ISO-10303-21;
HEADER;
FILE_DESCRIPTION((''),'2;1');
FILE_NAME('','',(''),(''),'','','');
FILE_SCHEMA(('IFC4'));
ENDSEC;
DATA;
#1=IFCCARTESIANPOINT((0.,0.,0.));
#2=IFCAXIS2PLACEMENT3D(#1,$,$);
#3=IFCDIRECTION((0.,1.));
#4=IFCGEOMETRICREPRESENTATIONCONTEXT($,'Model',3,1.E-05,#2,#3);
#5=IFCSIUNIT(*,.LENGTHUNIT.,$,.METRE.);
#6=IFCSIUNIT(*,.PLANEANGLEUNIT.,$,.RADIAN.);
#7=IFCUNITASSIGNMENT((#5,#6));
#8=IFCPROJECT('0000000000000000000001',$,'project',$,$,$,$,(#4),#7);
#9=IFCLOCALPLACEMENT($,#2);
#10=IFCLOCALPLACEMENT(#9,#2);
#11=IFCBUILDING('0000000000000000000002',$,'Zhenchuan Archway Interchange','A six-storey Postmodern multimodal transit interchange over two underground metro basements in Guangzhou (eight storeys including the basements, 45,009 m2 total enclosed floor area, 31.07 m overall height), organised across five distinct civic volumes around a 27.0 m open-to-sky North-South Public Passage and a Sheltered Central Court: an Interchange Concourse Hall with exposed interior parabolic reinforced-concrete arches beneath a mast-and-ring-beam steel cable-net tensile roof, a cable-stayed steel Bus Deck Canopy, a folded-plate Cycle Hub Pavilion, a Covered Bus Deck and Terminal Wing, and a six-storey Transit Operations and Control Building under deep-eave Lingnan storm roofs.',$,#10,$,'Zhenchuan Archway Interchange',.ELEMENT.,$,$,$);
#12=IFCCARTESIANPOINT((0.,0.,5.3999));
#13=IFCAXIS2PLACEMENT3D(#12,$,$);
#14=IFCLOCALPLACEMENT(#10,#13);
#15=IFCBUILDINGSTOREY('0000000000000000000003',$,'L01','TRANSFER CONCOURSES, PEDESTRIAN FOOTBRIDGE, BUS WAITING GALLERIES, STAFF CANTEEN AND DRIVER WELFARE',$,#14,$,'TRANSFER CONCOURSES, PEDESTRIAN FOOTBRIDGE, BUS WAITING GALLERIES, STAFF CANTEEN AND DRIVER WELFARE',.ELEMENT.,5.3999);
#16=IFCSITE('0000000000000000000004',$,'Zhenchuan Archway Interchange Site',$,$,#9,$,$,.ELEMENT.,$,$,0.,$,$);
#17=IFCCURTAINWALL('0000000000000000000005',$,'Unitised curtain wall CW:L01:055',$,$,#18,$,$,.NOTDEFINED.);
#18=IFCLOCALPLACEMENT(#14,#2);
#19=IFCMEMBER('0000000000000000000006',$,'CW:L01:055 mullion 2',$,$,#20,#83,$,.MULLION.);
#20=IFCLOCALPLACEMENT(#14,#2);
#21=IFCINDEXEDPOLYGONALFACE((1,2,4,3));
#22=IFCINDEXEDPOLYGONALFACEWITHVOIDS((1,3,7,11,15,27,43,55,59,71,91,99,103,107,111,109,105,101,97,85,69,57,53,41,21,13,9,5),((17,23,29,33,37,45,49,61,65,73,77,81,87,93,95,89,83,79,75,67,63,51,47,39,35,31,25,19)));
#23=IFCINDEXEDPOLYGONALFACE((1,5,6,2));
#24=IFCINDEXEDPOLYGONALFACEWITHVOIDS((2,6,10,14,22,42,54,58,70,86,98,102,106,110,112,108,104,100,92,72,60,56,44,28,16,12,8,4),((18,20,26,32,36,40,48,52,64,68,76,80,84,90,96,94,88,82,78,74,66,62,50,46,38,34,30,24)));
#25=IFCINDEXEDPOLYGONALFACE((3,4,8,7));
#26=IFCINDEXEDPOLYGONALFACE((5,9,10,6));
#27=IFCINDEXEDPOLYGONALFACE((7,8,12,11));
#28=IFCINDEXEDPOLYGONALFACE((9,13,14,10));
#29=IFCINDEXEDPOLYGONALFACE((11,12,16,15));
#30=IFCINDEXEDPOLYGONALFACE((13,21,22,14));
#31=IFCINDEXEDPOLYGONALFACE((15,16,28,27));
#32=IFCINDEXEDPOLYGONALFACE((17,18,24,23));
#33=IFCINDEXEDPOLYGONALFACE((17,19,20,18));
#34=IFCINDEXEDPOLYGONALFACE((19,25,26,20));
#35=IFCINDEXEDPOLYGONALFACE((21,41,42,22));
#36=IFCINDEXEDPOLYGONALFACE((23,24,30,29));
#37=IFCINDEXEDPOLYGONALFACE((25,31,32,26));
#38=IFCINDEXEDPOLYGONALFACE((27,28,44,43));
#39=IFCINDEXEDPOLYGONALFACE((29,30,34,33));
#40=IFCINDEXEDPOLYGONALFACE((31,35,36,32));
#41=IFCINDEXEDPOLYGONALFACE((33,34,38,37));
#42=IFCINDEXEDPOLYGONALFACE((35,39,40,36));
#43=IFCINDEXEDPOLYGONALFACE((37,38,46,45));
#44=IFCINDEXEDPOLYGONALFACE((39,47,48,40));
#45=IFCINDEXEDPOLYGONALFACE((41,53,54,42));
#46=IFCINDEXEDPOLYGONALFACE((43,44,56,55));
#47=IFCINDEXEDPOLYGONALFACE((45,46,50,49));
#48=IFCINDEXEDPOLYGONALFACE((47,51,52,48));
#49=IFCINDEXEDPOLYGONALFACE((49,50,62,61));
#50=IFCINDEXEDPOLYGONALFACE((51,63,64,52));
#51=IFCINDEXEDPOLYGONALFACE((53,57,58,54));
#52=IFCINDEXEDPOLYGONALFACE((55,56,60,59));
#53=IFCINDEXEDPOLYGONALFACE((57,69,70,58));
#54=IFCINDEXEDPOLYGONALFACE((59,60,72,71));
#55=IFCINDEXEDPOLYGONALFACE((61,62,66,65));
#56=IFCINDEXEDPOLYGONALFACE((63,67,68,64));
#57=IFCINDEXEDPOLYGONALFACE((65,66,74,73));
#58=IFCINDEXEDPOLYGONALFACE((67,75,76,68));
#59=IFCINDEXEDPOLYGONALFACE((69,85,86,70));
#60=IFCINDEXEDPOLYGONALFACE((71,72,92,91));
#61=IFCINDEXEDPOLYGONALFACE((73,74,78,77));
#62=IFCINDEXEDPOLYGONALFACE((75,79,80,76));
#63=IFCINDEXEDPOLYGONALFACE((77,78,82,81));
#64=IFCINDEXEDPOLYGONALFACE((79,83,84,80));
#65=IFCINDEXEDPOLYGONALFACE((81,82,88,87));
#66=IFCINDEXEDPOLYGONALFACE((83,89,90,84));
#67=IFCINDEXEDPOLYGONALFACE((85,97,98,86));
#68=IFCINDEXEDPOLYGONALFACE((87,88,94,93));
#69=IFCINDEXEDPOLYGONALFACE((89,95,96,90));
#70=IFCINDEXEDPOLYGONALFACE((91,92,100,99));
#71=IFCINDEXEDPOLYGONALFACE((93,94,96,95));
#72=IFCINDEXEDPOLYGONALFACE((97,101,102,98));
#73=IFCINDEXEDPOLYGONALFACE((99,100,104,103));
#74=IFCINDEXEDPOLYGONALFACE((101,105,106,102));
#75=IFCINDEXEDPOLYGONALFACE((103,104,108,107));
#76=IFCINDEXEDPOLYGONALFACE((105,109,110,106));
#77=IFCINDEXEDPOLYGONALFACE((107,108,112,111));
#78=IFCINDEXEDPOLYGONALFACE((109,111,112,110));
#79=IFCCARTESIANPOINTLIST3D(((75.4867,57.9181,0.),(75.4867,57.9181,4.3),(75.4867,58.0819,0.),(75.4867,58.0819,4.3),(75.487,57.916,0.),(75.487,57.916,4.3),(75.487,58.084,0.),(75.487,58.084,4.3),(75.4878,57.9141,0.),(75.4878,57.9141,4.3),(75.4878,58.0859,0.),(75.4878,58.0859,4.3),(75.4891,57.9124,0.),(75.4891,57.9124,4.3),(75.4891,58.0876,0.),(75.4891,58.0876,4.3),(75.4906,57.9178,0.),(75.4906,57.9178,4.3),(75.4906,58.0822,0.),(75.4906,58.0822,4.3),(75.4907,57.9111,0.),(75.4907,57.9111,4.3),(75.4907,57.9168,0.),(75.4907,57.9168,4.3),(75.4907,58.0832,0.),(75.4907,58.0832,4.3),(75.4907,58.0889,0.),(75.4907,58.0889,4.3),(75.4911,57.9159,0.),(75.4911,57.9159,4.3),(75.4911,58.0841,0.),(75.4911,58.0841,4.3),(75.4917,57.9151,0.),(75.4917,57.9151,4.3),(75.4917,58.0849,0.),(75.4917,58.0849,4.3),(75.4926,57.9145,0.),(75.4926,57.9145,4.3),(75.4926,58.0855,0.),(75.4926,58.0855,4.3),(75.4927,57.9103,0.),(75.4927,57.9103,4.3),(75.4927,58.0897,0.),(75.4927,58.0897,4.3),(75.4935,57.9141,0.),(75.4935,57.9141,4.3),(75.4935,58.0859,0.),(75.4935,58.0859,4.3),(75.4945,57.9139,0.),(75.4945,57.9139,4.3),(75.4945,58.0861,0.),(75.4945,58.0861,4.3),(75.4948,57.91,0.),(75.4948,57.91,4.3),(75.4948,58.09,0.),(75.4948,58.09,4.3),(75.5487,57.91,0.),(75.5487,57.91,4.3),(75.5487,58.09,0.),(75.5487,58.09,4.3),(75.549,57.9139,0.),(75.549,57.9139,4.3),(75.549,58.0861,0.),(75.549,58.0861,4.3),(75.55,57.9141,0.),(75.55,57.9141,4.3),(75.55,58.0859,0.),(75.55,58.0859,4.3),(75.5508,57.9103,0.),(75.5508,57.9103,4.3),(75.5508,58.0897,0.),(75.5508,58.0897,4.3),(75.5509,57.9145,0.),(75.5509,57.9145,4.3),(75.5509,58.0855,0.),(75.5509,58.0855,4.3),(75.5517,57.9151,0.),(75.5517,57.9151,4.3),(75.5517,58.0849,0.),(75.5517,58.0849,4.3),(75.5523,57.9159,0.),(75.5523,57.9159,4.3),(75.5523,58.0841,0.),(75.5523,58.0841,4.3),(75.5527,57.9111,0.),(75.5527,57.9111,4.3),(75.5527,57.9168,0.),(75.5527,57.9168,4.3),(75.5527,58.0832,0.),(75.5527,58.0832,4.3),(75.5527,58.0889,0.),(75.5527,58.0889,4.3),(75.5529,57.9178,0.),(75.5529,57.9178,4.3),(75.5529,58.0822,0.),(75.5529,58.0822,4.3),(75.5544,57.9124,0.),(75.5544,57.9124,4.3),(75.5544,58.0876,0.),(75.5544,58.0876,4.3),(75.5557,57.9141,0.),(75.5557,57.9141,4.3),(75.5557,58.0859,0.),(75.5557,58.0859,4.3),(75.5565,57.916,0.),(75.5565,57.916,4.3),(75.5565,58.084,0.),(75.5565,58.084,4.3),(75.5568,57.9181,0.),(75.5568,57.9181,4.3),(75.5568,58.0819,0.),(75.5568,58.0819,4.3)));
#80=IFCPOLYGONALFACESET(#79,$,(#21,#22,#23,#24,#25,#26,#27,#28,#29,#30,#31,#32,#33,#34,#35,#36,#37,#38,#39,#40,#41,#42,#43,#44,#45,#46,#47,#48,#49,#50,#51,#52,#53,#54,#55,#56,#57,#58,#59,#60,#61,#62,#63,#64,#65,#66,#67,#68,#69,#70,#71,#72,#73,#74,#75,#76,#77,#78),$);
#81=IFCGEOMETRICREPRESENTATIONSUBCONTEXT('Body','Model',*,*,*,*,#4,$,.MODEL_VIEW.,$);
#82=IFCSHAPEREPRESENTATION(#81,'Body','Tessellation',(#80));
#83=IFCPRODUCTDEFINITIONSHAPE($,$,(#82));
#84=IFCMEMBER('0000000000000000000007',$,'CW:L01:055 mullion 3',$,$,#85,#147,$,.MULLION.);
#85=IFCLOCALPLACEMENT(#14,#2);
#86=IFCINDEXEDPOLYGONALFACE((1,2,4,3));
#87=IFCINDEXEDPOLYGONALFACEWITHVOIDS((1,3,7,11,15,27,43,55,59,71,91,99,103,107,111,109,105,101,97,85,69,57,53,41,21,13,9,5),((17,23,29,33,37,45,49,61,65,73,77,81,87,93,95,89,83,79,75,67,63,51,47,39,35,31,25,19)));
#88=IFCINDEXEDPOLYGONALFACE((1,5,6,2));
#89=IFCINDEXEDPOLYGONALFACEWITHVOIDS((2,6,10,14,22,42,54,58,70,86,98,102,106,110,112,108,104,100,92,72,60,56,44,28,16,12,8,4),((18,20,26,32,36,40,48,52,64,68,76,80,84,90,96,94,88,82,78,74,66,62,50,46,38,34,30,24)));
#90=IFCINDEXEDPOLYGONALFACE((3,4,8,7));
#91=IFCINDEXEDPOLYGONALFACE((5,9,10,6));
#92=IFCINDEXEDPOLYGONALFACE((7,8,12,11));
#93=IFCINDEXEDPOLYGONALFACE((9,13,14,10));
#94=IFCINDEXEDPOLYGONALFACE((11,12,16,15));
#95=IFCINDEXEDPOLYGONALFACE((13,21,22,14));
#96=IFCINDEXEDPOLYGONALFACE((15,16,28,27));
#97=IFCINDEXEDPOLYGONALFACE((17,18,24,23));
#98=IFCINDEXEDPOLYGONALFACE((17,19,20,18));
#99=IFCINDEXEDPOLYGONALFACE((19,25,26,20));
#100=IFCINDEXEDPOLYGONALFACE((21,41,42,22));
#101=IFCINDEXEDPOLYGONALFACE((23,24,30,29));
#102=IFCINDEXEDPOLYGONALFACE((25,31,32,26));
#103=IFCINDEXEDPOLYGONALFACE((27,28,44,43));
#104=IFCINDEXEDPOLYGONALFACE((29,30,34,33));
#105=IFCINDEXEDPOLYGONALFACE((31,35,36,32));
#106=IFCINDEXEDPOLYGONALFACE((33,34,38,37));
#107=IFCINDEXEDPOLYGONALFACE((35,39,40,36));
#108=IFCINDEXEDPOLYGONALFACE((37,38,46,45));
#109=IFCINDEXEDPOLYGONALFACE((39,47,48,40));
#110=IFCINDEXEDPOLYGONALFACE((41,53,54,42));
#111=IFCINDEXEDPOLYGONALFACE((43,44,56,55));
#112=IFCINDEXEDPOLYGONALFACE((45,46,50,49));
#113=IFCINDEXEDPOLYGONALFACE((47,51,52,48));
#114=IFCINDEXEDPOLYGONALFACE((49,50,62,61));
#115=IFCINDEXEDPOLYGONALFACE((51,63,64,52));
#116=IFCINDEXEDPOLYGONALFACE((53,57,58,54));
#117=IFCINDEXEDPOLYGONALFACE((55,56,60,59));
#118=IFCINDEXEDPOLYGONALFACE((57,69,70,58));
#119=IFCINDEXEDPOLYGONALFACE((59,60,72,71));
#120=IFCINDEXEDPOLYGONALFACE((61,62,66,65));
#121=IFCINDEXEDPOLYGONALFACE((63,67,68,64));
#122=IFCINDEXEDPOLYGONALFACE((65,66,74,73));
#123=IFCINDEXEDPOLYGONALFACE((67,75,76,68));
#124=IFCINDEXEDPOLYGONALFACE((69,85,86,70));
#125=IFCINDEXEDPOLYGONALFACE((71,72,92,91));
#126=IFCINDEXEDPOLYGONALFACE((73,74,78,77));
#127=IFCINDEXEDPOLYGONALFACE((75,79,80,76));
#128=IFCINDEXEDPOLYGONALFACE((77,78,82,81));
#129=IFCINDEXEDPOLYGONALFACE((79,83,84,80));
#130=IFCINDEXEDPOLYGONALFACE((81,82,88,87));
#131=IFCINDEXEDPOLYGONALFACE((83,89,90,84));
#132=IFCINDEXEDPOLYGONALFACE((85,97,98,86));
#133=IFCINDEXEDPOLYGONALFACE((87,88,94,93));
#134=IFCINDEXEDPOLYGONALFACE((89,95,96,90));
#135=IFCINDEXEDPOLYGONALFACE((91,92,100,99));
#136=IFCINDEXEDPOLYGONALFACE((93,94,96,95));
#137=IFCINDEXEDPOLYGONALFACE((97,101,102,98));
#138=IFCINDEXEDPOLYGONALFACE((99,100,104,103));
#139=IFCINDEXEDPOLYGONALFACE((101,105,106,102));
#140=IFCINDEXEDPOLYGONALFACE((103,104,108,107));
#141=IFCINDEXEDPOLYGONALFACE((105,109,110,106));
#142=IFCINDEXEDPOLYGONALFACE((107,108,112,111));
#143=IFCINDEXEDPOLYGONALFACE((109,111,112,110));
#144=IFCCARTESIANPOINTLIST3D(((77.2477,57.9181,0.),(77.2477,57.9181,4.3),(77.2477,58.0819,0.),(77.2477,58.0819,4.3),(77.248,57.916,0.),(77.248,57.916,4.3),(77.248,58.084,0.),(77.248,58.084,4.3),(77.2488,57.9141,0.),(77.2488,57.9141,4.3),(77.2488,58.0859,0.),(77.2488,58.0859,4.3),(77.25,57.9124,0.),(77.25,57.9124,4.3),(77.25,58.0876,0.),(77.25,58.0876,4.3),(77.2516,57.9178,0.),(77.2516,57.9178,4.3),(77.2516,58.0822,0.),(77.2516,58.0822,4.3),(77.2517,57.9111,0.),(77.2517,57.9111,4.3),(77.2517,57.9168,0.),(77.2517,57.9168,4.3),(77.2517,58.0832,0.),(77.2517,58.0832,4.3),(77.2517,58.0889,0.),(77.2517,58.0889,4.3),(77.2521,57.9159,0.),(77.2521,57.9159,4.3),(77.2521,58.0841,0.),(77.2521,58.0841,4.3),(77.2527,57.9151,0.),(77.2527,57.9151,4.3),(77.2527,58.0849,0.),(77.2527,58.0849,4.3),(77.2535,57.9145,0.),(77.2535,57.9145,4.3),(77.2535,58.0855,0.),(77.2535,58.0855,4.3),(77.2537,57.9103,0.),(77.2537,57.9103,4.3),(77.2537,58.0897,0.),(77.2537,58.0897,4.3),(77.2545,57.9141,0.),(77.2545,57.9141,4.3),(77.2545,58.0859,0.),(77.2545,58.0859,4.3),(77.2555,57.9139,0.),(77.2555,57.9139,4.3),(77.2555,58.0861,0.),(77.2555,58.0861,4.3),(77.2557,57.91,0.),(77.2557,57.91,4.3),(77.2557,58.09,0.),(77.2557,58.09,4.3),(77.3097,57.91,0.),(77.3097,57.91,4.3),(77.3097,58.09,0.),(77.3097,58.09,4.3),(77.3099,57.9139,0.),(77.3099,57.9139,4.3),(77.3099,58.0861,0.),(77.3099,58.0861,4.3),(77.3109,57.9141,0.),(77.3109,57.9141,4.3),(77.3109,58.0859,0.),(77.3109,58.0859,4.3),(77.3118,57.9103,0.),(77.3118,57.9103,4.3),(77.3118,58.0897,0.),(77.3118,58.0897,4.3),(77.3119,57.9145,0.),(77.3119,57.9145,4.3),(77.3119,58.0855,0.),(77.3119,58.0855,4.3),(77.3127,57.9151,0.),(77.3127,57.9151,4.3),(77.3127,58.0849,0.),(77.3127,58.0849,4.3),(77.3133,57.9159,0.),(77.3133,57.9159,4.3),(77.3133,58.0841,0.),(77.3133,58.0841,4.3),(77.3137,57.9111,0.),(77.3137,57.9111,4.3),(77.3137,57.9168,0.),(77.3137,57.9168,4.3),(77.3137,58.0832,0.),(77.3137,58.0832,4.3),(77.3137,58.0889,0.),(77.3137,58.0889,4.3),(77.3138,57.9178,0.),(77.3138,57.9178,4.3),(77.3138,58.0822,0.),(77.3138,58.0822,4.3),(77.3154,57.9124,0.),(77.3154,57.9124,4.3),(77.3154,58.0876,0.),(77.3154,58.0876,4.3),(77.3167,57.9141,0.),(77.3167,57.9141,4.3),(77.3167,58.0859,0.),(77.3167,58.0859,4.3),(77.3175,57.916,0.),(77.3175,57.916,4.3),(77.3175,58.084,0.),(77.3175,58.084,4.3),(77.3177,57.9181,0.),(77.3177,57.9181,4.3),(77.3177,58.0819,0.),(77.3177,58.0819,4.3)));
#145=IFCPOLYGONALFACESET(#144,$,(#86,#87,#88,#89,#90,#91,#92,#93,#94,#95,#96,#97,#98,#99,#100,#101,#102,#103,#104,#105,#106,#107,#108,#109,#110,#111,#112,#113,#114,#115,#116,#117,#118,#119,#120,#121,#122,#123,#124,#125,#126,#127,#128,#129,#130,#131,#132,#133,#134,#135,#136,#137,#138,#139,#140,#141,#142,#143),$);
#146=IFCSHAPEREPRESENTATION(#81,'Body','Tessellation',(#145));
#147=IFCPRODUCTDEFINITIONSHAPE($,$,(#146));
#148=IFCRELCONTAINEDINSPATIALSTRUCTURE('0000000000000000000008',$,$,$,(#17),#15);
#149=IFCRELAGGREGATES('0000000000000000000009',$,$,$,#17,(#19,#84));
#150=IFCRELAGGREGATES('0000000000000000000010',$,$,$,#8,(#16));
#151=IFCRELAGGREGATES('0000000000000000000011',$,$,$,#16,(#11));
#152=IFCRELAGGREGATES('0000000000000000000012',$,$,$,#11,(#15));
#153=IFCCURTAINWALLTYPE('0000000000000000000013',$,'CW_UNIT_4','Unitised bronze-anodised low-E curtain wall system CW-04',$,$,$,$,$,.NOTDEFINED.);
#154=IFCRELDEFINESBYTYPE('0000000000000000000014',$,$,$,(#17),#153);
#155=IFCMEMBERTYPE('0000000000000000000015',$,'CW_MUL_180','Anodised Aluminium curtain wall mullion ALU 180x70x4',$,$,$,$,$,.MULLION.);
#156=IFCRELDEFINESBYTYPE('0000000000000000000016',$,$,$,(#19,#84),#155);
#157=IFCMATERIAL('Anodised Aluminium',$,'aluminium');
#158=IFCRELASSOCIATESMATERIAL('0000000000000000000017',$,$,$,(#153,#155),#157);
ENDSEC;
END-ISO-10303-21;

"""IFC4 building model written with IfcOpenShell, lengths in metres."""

from ifc_helpers import new_model, si_unit, direction, frame, origin, origin_2d, place, context, subcontext, project, spatial, hollow_rectangle, extrude, material, material_profile, profile_set, type_object, element, aggregate, save


model = new_model("IFC4")

# Units and contexts
model_context = context("Model", 3, precision=1e-05, world=origin(), true_north=direction((0.0, 1.0)))
body_context = subcontext(model_context, "Body", "Model", "MODEL_VIEW")
ifc_project = project(units=[si_unit("LENGTHUNIT", "METRE"), si_unit("PLANEANGLEUNIT", "RADIAN")], contexts=[model_context])

# Site, building, storey
site_placement = place(None, origin())
site = spatial("IfcSite", under=ifc_project, at=site_placement, Name="Zhenchuan Archway Interchange Site", CompositionType="ELEMENT", RefElevation=0.0)
building_placement = place(site_placement, origin())
building = spatial("IfcBuilding", under=site, at=building_placement, Name="Zhenchuan Archway Interchange", Description="A six-storey Postmodern multimodal transit interchange over two underground metro basements in Guangzhou (eight storeys including the basements, 45,009 m2 total enclosed floor area, 31.07 m overall height), organised across five distinct civic volumes around a 27.0 m open-to-sky North-South Public Passage and a Sheltered Central Court: an Interchange Concourse Hall with exposed interior parabolic reinforced-concrete arches beneath a mast-and-ring-beam steel cable-net tensile roof, a cable-stayed steel Bus Deck Canopy, a folded-plate Cycle Hub Pavilion, a Covered Bus Deck and Terminal Wing, and a six-storey Transit Operations and Control Building under deep-eave Lingnan storm roofs.", LongName="Zhenchuan Archway Interchange", CompositionType="ELEMENT")
storey_placement = place(building_placement, frame((0.0, 0.0, 5.3999)))
storey = spatial("IfcBuildingStorey", under=building, at=storey_placement, Name="L01", Description="TRANSFER CONCOURSES, PEDESTRIAN FOOTBRIDGE, BUS WAITING GALLERIES, STAFF CANTEEN AND DRIVER WELFARE", LongName="TRANSFER CONCOURSES, PEDESTRIAN FOOTBRIDGE, BUS WAITING GALLERIES, STAFF CANTEEN AND DRIVER WELFARE", CompositionType="ELEMENT", Elevation=5.3999)

# Shared definitions
ifc_material_1 = material(Name="Anodised Aluminium", Category="aluminium")

# Curtain wall, members
curtain_wall_type_1 = type_object("IfcCurtainWallType", Name="CW_UNIT_4", Description="Unitised bronze-anodised low-E curtain wall system CW-04", PredefinedType="NOTDEFINED", material=ifc_material_1)
curtain_wall_1_placement = place(storey_placement, origin())
curtain_wall_1 = element("IfcCurtainWall", 1, at=curtain_wall_1_placement, inside=storey, type_object=curtain_wall_type_1, Name="Unitised curtain wall CW:L01:055", PredefinedType="NOTDEFINED")
ifc_material_profile_1 = material_profile(ifc_material_1, hollow_rectangle(XDim=0.0701, YDim=0.1799, WallThickness=0.0039, InnerFilletRadius=0.0039, OuterFilletRadius=0.0081, at=origin_2d()), Name="ALU 180x70x4")
ifc_profile_set_1 = profile_set([ifc_material_profile_1], Name="Anodised Aluminium")
member_type_1 = type_object("IfcMemberType", Name="CW_MUL_180", Description="Anodised Aluminium curtain wall mullion ALU 180x70x4", PredefinedType="MULLION", material=ifc_profile_set_1)
member_1_placement = place(storey_placement, frame((75.5217, 58.0, 0.0), z_axis=(0.0, 0.0, 1.0), x_axis=(1.0, 0.0, 0.0)))
member_1 = element("IfcMember", 2, at=member_1_placement, type_object=member_type_1, Name="CW:L01:055 mullion 2", PredefinedType="MULLION", context=body_context, shape_type="SweptSolid", body=[
    extrude(hollow_rectangle(XDim=0.0701, YDim=0.1799, WallThickness=0.0039, InnerFilletRadius=0.0039, OuterFilletRadius=0.0081, at=origin_2d()), origin(), (0.0, 0.0, 1.0), 4.3),
])
member_2_placement = place(storey_placement, frame((77.2827, 58.0, 0.0), z_axis=(0.0, 0.0, 1.0), x_axis=(1.0, 0.0, 0.0)))
member_2 = element("IfcMember", 3, at=member_2_placement, type_object=member_type_1, Name="CW:L01:055 mullion 3", PredefinedType="MULLION", context=body_context, shape_type="SweptSolid", body=[
    extrude(hollow_rectangle(XDim=0.0701, YDim=0.1799, WallThickness=0.0039, InnerFilletRadius=0.0039, OuterFilletRadius=0.0081, at=origin_2d()), origin(), (0.0, 0.0, 1.0), 4.3),
])

aggregate(curtain_wall_1, [member_1, member_2])

save(model, "model.ifc")
